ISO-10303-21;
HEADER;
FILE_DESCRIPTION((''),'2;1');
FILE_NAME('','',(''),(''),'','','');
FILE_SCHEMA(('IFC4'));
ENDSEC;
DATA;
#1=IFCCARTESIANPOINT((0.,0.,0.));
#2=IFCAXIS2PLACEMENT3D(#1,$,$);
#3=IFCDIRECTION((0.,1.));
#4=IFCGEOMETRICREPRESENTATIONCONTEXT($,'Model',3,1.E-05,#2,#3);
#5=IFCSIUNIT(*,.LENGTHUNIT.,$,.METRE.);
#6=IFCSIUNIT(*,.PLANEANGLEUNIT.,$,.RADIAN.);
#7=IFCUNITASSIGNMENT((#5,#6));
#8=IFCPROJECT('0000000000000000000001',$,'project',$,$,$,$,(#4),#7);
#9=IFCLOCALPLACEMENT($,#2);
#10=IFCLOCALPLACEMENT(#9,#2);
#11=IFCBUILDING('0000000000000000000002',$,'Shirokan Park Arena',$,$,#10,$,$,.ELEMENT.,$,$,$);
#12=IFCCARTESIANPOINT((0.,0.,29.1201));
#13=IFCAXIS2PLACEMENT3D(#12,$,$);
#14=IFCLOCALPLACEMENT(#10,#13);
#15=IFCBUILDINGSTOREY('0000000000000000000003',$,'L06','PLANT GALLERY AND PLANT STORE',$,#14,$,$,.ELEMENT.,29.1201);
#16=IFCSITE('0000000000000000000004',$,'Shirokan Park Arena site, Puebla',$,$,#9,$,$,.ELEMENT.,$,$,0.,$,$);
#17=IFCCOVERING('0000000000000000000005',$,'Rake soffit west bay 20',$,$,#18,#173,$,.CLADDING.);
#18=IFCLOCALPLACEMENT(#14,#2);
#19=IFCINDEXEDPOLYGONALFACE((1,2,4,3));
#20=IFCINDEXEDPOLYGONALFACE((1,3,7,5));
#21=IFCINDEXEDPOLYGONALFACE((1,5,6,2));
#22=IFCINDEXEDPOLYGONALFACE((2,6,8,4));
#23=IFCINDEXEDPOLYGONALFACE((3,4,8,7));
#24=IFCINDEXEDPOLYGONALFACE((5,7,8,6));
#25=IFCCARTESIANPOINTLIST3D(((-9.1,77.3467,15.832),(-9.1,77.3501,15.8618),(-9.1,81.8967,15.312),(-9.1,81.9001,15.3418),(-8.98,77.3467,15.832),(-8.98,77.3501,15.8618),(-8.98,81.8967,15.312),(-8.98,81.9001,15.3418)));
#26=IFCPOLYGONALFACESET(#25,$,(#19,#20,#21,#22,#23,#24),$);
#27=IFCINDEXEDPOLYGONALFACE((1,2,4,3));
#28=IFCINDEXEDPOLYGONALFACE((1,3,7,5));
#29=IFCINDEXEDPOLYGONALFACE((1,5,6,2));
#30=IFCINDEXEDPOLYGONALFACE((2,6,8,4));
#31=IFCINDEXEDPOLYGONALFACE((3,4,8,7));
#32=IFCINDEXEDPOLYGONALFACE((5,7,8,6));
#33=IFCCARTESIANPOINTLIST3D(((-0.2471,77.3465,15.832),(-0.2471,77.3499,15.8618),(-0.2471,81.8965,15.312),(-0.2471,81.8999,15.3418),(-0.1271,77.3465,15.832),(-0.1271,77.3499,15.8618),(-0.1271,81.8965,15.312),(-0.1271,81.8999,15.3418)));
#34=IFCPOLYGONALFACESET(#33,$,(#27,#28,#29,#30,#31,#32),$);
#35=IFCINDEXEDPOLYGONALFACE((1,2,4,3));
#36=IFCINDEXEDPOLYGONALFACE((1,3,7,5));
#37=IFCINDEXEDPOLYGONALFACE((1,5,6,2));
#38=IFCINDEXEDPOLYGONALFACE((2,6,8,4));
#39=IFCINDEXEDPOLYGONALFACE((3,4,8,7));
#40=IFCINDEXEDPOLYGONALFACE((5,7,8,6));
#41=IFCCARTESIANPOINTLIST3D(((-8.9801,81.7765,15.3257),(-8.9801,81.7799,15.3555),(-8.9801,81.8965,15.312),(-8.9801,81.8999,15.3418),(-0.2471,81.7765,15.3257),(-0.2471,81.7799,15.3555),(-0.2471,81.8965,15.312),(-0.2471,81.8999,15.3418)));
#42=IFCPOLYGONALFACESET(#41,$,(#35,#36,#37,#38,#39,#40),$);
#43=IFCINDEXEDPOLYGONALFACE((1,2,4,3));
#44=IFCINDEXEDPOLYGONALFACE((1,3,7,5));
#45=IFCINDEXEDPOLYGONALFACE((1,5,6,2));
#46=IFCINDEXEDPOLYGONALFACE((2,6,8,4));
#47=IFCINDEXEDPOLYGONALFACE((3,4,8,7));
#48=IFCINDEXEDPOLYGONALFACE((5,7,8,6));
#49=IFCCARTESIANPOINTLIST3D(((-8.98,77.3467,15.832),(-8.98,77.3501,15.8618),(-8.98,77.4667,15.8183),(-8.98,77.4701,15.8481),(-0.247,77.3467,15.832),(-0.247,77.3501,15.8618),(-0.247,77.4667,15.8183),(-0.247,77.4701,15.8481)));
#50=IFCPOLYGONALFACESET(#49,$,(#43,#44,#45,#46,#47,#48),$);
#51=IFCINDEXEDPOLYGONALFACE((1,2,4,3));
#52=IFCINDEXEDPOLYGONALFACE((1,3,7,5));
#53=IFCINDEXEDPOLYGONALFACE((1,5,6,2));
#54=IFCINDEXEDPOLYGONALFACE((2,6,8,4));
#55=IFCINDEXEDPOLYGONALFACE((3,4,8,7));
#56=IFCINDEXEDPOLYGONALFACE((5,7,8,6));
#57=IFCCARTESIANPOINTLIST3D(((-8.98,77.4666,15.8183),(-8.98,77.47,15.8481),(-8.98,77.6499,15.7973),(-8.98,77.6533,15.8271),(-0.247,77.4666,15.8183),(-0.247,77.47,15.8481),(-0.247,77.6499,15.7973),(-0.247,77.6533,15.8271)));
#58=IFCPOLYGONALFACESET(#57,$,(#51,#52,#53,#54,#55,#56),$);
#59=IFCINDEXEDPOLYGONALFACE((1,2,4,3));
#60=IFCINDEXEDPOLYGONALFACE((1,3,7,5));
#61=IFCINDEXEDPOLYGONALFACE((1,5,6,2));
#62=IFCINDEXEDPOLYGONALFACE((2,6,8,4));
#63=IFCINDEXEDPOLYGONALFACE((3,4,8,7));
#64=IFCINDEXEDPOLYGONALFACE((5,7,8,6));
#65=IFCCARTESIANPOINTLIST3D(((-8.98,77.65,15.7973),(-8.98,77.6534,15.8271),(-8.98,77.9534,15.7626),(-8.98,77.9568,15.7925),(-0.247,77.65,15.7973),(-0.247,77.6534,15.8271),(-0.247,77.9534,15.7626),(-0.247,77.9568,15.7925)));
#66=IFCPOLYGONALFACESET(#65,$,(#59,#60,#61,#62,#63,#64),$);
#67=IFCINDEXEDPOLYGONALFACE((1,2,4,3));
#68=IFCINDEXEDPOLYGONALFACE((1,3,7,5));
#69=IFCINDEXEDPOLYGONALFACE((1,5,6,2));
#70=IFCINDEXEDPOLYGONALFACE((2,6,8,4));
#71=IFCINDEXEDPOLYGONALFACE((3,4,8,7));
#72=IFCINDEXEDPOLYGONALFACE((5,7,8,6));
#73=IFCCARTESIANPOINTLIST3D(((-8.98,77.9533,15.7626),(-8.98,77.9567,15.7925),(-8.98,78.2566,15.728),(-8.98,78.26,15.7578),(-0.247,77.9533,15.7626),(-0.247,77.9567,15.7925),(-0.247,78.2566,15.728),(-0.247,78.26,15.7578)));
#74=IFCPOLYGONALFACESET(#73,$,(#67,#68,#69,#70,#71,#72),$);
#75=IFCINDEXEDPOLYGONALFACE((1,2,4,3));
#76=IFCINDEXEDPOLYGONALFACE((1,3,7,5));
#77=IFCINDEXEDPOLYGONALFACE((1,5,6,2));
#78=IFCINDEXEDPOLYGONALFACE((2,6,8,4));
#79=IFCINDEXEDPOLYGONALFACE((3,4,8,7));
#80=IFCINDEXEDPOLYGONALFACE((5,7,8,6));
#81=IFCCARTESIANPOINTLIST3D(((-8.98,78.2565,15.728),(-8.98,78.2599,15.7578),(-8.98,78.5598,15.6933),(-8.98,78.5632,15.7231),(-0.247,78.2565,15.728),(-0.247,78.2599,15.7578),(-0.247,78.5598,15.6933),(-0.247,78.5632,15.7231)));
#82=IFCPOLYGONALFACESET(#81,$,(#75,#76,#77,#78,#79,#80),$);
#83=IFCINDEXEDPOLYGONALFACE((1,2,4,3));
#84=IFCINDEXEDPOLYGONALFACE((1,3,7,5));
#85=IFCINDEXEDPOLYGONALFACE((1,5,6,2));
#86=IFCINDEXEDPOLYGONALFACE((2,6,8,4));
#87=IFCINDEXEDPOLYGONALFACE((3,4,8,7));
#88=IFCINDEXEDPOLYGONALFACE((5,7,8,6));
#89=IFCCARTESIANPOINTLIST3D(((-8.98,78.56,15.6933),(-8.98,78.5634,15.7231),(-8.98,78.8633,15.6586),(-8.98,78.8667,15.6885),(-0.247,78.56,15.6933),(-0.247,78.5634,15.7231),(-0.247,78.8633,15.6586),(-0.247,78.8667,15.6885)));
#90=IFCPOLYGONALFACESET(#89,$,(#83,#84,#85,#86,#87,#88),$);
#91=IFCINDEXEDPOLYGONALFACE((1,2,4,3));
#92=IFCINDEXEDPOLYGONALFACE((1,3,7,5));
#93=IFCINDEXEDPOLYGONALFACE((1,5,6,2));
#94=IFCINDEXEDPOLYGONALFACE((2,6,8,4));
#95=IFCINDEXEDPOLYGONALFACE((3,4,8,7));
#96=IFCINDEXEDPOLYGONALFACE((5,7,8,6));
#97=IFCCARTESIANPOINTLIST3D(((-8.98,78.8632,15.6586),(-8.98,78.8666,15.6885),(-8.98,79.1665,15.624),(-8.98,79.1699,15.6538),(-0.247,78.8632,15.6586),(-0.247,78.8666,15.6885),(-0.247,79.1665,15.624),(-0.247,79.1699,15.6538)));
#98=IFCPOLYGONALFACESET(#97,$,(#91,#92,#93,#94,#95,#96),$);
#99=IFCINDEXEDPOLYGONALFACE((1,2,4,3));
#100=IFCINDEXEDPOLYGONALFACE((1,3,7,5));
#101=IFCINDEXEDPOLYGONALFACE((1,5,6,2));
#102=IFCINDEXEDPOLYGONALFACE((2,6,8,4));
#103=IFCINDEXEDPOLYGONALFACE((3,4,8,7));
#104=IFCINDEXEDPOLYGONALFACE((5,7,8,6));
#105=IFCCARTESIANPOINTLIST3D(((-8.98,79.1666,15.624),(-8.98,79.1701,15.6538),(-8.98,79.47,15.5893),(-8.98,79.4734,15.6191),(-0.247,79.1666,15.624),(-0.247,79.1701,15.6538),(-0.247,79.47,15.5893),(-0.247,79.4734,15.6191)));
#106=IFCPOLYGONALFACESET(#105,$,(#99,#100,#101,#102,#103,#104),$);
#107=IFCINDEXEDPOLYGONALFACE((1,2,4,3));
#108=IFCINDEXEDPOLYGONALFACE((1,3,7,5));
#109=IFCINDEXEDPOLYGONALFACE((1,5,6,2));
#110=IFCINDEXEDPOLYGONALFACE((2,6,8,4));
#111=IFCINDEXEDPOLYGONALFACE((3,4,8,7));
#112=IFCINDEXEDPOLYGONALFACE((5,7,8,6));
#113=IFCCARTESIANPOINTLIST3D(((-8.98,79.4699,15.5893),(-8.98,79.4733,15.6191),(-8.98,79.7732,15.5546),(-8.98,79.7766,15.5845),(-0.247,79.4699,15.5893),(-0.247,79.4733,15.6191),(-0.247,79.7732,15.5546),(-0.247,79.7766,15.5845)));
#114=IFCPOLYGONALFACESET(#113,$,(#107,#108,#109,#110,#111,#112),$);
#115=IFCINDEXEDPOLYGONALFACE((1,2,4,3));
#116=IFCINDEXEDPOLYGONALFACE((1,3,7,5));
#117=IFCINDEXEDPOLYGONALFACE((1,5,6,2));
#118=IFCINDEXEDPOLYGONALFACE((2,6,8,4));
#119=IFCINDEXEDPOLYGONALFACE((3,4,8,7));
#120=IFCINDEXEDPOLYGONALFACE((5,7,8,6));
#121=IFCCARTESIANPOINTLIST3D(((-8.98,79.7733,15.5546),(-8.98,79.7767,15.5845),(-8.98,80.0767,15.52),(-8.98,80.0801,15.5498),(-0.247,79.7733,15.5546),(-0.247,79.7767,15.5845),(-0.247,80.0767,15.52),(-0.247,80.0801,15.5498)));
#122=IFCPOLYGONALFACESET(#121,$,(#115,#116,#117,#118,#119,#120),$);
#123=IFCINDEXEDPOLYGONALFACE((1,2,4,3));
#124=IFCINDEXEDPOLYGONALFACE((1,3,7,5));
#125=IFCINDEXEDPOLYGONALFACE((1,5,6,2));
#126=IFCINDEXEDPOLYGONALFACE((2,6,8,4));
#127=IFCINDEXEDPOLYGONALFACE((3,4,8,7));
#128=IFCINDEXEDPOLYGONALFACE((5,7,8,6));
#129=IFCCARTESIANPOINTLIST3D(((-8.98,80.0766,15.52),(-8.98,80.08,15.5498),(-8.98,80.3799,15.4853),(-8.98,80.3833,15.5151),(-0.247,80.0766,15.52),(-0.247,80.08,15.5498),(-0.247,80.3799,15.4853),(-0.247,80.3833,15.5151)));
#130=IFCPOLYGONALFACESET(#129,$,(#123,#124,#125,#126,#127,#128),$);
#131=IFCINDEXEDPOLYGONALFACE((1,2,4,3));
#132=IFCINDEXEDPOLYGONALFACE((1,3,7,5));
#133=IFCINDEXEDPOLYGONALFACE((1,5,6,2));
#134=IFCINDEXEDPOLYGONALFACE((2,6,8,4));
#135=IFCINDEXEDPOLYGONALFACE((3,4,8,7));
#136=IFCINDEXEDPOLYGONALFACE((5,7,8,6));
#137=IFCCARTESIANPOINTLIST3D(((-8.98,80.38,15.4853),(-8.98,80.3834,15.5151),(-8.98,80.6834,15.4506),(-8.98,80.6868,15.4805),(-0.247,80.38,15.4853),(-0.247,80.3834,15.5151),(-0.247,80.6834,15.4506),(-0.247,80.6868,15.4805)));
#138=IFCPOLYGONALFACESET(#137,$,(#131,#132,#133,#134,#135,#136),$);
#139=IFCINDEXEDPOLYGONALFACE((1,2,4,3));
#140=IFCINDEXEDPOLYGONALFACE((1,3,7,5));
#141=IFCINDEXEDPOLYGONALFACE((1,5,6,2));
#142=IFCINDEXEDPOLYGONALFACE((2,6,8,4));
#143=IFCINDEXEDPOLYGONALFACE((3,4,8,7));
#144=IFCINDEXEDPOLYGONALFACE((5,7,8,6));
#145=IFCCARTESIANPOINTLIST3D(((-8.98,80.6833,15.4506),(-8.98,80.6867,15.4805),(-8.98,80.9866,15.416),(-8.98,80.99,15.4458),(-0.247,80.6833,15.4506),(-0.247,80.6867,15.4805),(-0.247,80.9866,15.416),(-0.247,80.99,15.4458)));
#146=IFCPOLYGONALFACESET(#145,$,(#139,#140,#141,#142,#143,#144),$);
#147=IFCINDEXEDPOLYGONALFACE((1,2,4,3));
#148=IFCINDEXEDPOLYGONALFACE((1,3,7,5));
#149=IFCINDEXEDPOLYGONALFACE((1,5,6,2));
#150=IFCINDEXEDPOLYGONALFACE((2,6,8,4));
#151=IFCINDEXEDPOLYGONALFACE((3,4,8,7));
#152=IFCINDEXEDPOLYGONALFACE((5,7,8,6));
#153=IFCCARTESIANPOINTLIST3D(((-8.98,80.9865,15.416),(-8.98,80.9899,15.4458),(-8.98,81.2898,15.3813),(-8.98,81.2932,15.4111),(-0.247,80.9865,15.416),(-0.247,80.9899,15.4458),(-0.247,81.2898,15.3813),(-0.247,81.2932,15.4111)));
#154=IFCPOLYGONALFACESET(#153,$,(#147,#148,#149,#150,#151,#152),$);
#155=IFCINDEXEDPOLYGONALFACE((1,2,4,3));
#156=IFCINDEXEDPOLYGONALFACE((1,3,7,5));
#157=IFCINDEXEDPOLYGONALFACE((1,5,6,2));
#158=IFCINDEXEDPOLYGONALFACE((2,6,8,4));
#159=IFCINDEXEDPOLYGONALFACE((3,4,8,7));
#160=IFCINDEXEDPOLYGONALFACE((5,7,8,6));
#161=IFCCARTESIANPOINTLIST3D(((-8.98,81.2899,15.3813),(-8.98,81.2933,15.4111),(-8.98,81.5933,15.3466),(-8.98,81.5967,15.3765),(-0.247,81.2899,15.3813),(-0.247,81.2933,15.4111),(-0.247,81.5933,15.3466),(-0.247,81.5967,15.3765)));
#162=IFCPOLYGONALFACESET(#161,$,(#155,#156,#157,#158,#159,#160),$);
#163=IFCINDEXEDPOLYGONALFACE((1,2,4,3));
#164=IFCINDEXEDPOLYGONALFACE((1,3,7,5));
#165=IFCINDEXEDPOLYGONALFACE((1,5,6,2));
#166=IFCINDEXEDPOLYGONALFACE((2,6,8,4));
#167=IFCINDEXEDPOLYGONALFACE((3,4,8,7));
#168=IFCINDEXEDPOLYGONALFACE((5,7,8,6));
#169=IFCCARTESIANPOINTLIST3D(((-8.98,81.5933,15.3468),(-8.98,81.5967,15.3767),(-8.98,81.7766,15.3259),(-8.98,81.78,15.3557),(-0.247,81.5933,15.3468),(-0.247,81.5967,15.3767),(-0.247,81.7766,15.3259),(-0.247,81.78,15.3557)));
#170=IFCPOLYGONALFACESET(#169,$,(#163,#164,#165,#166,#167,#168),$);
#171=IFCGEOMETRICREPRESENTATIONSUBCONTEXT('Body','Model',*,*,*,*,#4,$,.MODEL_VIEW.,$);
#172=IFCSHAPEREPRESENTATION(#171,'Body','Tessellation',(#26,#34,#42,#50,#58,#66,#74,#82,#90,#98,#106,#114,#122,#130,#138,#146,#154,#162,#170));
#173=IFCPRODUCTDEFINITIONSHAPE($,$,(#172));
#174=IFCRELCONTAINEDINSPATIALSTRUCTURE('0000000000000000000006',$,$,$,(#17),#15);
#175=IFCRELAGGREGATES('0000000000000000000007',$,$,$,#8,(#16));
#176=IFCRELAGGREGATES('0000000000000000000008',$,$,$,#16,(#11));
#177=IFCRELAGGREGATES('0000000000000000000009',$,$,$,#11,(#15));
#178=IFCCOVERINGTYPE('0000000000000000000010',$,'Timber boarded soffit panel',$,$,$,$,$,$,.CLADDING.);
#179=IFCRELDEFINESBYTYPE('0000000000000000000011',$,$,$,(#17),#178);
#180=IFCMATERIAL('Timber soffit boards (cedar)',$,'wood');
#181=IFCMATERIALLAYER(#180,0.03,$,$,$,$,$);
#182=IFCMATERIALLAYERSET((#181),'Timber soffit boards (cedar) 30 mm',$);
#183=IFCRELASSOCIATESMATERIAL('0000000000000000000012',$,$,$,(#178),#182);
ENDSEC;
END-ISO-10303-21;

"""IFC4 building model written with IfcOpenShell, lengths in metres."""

from ifc_helpers import new_model, si_unit, direction, frame, origin, place, context, subcontext, project, spatial, polyline, outline, extrude, material, layer, layer_set, type_object, element, save


model = new_model("IFC4")

# Units and contexts
model_context = context("Model", 3, precision=1e-05, world=origin(), true_north=direction((0.0, 1.0)))
body_context = subcontext(model_context, "Body", "Model", "MODEL_VIEW")
ifc_project = project(units=[si_unit("LENGTHUNIT", "METRE"), si_unit("PLANEANGLEUNIT", "RADIAN")], contexts=[model_context])

# Site, building, storey
site_placement = place(None, origin())
site = spatial("IfcSite", under=ifc_project, at=site_placement, Name="Shirokan Park Arena site, Puebla", CompositionType="ELEMENT", RefElevation=0.0)
building_placement = place(site_placement, origin())
building = spatial("IfcBuilding", under=site, at=building_placement, Name="Shirokan Park Arena", CompositionType="ELEMENT")
storey_placement = place(building_placement, frame((0.0, 0.0, 29.1201)))
storey = spatial("IfcBuildingStorey", under=building, at=storey_placement, Name="L06", Description="PLANT GALLERY AND PLANT STORE", CompositionType="ELEMENT", Elevation=29.1201)

# Covering
ifc_material = material(Name="Timber soffit boards (cedar)", Category="wood")
ifc_layer = layer(ifc_material, 0.03)
ifc_layer_set = layer_set([ifc_layer], Name="Timber soffit boards (cedar) 30 mm")
covering_type = type_object("IfcCoveringType", Name="Timber boarded soffit panel", PredefinedType="CLADDING", material=ifc_layer_set)
covering_1_placement = place(storey_placement, origin())
element("IfcCovering", 1, at=covering_1_placement, inside=storey, type_object=covering_type, Name="Rake soffit west bay 20", PredefinedType="CLADDING", context=body_context, shape_type="SweptSolid", body=[
    extrude(outline(polyline([(0.0, 0.0), (0.12, 0.0), (0.12, -4.5796), (0.0, -4.5796), (0.0, 0.0)])), frame((-8.98, 77.3501, 15.8618), z_axis=(0.0, 0.113547, 0.993533), x_axis=(-1.0, 0.0, 0.0)), (0.0, 0.0, -1.0), 0.03),
    extrude(outline(polyline([(0.0, 0.0), (0.12, 0.0), (0.12, -4.5796), (0.0, -4.5796), (0.0, 0.0)])), frame((-0.2471, 81.8999, 15.3418), z_axis=(0.0, 0.113547, 0.993533), x_axis=(1.0, 0.0, 0.0)), (0.0, 0.0, -1.0), 0.03),
    extrude(outline(polyline([(0.0, 0.0), (0.1208, 0.0), (0.1208, -8.733), (0.0, -8.733), (0.0, 0.0)])), frame((-0.2471, 81.8999, 15.3418), z_axis=(0.0, 0.113512, 0.993537), x_axis=(0.0, -0.993537, 0.113512)), (0.0, 0.0, -1.0), 0.03),
    extrude(outline(polyline([(0.0, 0.0), (0.1208, 0.0), (0.1208, -8.733), (0.0, -8.733), (0.0, 0.0)])), frame((-8.98, 77.3501, 15.8618), z_axis=(0.0, 0.113512, 0.993537), x_axis=(0.0, 0.993537, -0.113512)), (0.0, 0.0, -1.0), 0.03),
    extrude(outline(polyline([(0.0, 0.0), (8.733, 0.0), (8.733, -0.1845), (0.0, -0.1845), (0.0, 0.0)])), frame((-8.98, 77.6533, 15.8271), z_axis=(0.0, 0.113589, 0.993528), x_axis=(1.0, 0.0, 0.0)), (0.0, 0.0, -1.0), 0.03),
    extrude(outline(polyline([(0.0, 0.0), (8.733, 0.0), (8.733, -0.3053), (0.0, -0.3053), (0.0, 0.0)])), frame((-8.98, 77.9568, 15.7925), z_axis=(0.0, 0.113523, 0.993535), x_axis=(1.0, 0.0, 0.0)), (0.0, 0.0, -1.0), 0.03),
    extrude(outline(polyline([(0.0, 0.0), (8.733, 0.0), (8.733, -0.3053), (0.0, -0.3053), (0.0, 0.0)])), frame((-8.98, 78.26, 15.7578), z_axis=(0.0, 0.113559, 0.993531), x_axis=(1.0, 0.0, 0.0)), (0.0, 0.0, -1.0), 0.03),
    extrude(outline(polyline([(0.0, 0.0), (8.733, 0.0), (8.733, -0.3053), (0.0, -0.3053), (0.0, 0.0)])), frame((-8.98, 78.5632, 15.7231), z_axis=(0.0, 0.113559, 0.993531), x_axis=(1.0, 0.0, 0.0)), (0.0, 0.0, -1.0), 0.03),
    extrude(outline(polyline([(0.0, 0.0), (8.733, 0.0), (8.733, -0.3053), (0.0, -0.3053), (0.0, 0.0)])), frame((-8.98, 78.8667, 15.6885), z_axis=(0.0, 0.113523, 0.993535), x_axis=(1.0, 0.0, 0.0)), (0.0, 0.0, -1.0), 0.03),
    extrude(outline(polyline([(0.0, 0.0), (8.733, 0.0), (8.733, -0.3053), (0.0, -0.3053), (0.0, 0.0)])), frame((-8.98, 79.1699, 15.6538), z_axis=(0.0, 0.113559, 0.993531), x_axis=(1.0, 0.0, 0.0)), (0.0, 0.0, -1.0), 0.03),
    extrude(outline(polyline([(0.0, 0.0), (8.733, 0.0), (8.733, -0.3053), (0.0, -0.3053), (0.0, 0.0)])), frame((-8.98, 79.4734, 15.6191), z_axis=(0.0, 0.113559, 0.993531), x_axis=(1.0, 0.0, 0.0)), (0.0, 0.0, -1.0), 0.03),
    extrude(outline(polyline([(0.0, 0.0), (8.733, 0.0), (8.733, -0.3053), (0.0, -0.3053), (0.0, 0.0)])), frame((-8.98, 79.7766, 15.5845), z_axis=(0.0, 0.113523, 0.993535), x_axis=(1.0, 0.0, 0.0)), (0.0, 0.0, -1.0), 0.03),
    extrude(outline(polyline([(0.0, 0.0), (8.733, 0.0), (8.733, -0.3053), (0.0, -0.3053), (0.0, 0.0)])), frame((-8.98, 80.0801, 15.5498), z_axis=(0.0, 0.113559, 0.993531), x_axis=(1.0, 0.0, 0.0)), (0.0, 0.0, -1.0), 0.03),
    extrude(outline(polyline([(0.0, 0.0), (8.733, 0.0), (8.733, -0.3053), (0.0, -0.3053), (0.0, 0.0)])), frame((-8.98, 80.3833, 15.5151), z_axis=(0.0, 0.113559, 0.993531), x_axis=(1.0, 0.0, 0.0)), (0.0, 0.0, -1.0), 0.03),
    extrude(outline(polyline([(0.0, 0.0), (8.733, 0.0), (8.733, -0.3053), (0.0, -0.3053), (0.0, 0.0)])), frame((-8.98, 80.6868, 15.4805), z_axis=(0.0, 0.113523, 0.993535), x_axis=(1.0, 0.0, 0.0)), (0.0, 0.0, -1.0), 0.03),
    extrude(outline(polyline([(0.0, 0.0), (8.733, 0.0), (8.733, -0.3053), (0.0, -0.3053), (0.0, 0.0)])), frame((-8.98, 80.99, 15.4458), z_axis=(0.0, 0.113559, 0.993531), x_axis=(1.0, 0.0, 0.0)), (0.0, 0.0, -1.0), 0.03),
    extrude(outline(polyline([(0.0, 0.0), (8.733, 0.0), (8.733, -0.3053), (0.0, -0.3053), (0.0, 0.0)])), frame((-8.98, 81.2932, 15.4111), z_axis=(0.0, 0.113559, 0.993531), x_axis=(1.0, 0.0, 0.0)), (0.0, 0.0, -1.0), 0.03),
    extrude(outline(polyline([(0.0, 0.0), (8.733, 0.0), (8.733, -0.3053), (0.0, -0.3053), (0.0, 0.0)])), frame((-8.98, 81.5967, 15.3765), z_axis=(0.0, 0.113523, 0.993535), x_axis=(1.0, 0.0, 0.0)), (0.0, 0.0, -1.0), 0.03),
    extrude(outline(polyline([(0.0, 0.0), (8.733, 0.0), (8.733, -0.1845), (0.0, -0.1845), (0.0, 0.0)])), frame((-8.98, 81.78, 15.3557), z_axis=(0.0, 0.113589, 0.993528), x_axis=(1.0, 0.0, 0.0)), (0.0, 0.0, -1.0), 0.03),
])

save(model, "model.ifc")
